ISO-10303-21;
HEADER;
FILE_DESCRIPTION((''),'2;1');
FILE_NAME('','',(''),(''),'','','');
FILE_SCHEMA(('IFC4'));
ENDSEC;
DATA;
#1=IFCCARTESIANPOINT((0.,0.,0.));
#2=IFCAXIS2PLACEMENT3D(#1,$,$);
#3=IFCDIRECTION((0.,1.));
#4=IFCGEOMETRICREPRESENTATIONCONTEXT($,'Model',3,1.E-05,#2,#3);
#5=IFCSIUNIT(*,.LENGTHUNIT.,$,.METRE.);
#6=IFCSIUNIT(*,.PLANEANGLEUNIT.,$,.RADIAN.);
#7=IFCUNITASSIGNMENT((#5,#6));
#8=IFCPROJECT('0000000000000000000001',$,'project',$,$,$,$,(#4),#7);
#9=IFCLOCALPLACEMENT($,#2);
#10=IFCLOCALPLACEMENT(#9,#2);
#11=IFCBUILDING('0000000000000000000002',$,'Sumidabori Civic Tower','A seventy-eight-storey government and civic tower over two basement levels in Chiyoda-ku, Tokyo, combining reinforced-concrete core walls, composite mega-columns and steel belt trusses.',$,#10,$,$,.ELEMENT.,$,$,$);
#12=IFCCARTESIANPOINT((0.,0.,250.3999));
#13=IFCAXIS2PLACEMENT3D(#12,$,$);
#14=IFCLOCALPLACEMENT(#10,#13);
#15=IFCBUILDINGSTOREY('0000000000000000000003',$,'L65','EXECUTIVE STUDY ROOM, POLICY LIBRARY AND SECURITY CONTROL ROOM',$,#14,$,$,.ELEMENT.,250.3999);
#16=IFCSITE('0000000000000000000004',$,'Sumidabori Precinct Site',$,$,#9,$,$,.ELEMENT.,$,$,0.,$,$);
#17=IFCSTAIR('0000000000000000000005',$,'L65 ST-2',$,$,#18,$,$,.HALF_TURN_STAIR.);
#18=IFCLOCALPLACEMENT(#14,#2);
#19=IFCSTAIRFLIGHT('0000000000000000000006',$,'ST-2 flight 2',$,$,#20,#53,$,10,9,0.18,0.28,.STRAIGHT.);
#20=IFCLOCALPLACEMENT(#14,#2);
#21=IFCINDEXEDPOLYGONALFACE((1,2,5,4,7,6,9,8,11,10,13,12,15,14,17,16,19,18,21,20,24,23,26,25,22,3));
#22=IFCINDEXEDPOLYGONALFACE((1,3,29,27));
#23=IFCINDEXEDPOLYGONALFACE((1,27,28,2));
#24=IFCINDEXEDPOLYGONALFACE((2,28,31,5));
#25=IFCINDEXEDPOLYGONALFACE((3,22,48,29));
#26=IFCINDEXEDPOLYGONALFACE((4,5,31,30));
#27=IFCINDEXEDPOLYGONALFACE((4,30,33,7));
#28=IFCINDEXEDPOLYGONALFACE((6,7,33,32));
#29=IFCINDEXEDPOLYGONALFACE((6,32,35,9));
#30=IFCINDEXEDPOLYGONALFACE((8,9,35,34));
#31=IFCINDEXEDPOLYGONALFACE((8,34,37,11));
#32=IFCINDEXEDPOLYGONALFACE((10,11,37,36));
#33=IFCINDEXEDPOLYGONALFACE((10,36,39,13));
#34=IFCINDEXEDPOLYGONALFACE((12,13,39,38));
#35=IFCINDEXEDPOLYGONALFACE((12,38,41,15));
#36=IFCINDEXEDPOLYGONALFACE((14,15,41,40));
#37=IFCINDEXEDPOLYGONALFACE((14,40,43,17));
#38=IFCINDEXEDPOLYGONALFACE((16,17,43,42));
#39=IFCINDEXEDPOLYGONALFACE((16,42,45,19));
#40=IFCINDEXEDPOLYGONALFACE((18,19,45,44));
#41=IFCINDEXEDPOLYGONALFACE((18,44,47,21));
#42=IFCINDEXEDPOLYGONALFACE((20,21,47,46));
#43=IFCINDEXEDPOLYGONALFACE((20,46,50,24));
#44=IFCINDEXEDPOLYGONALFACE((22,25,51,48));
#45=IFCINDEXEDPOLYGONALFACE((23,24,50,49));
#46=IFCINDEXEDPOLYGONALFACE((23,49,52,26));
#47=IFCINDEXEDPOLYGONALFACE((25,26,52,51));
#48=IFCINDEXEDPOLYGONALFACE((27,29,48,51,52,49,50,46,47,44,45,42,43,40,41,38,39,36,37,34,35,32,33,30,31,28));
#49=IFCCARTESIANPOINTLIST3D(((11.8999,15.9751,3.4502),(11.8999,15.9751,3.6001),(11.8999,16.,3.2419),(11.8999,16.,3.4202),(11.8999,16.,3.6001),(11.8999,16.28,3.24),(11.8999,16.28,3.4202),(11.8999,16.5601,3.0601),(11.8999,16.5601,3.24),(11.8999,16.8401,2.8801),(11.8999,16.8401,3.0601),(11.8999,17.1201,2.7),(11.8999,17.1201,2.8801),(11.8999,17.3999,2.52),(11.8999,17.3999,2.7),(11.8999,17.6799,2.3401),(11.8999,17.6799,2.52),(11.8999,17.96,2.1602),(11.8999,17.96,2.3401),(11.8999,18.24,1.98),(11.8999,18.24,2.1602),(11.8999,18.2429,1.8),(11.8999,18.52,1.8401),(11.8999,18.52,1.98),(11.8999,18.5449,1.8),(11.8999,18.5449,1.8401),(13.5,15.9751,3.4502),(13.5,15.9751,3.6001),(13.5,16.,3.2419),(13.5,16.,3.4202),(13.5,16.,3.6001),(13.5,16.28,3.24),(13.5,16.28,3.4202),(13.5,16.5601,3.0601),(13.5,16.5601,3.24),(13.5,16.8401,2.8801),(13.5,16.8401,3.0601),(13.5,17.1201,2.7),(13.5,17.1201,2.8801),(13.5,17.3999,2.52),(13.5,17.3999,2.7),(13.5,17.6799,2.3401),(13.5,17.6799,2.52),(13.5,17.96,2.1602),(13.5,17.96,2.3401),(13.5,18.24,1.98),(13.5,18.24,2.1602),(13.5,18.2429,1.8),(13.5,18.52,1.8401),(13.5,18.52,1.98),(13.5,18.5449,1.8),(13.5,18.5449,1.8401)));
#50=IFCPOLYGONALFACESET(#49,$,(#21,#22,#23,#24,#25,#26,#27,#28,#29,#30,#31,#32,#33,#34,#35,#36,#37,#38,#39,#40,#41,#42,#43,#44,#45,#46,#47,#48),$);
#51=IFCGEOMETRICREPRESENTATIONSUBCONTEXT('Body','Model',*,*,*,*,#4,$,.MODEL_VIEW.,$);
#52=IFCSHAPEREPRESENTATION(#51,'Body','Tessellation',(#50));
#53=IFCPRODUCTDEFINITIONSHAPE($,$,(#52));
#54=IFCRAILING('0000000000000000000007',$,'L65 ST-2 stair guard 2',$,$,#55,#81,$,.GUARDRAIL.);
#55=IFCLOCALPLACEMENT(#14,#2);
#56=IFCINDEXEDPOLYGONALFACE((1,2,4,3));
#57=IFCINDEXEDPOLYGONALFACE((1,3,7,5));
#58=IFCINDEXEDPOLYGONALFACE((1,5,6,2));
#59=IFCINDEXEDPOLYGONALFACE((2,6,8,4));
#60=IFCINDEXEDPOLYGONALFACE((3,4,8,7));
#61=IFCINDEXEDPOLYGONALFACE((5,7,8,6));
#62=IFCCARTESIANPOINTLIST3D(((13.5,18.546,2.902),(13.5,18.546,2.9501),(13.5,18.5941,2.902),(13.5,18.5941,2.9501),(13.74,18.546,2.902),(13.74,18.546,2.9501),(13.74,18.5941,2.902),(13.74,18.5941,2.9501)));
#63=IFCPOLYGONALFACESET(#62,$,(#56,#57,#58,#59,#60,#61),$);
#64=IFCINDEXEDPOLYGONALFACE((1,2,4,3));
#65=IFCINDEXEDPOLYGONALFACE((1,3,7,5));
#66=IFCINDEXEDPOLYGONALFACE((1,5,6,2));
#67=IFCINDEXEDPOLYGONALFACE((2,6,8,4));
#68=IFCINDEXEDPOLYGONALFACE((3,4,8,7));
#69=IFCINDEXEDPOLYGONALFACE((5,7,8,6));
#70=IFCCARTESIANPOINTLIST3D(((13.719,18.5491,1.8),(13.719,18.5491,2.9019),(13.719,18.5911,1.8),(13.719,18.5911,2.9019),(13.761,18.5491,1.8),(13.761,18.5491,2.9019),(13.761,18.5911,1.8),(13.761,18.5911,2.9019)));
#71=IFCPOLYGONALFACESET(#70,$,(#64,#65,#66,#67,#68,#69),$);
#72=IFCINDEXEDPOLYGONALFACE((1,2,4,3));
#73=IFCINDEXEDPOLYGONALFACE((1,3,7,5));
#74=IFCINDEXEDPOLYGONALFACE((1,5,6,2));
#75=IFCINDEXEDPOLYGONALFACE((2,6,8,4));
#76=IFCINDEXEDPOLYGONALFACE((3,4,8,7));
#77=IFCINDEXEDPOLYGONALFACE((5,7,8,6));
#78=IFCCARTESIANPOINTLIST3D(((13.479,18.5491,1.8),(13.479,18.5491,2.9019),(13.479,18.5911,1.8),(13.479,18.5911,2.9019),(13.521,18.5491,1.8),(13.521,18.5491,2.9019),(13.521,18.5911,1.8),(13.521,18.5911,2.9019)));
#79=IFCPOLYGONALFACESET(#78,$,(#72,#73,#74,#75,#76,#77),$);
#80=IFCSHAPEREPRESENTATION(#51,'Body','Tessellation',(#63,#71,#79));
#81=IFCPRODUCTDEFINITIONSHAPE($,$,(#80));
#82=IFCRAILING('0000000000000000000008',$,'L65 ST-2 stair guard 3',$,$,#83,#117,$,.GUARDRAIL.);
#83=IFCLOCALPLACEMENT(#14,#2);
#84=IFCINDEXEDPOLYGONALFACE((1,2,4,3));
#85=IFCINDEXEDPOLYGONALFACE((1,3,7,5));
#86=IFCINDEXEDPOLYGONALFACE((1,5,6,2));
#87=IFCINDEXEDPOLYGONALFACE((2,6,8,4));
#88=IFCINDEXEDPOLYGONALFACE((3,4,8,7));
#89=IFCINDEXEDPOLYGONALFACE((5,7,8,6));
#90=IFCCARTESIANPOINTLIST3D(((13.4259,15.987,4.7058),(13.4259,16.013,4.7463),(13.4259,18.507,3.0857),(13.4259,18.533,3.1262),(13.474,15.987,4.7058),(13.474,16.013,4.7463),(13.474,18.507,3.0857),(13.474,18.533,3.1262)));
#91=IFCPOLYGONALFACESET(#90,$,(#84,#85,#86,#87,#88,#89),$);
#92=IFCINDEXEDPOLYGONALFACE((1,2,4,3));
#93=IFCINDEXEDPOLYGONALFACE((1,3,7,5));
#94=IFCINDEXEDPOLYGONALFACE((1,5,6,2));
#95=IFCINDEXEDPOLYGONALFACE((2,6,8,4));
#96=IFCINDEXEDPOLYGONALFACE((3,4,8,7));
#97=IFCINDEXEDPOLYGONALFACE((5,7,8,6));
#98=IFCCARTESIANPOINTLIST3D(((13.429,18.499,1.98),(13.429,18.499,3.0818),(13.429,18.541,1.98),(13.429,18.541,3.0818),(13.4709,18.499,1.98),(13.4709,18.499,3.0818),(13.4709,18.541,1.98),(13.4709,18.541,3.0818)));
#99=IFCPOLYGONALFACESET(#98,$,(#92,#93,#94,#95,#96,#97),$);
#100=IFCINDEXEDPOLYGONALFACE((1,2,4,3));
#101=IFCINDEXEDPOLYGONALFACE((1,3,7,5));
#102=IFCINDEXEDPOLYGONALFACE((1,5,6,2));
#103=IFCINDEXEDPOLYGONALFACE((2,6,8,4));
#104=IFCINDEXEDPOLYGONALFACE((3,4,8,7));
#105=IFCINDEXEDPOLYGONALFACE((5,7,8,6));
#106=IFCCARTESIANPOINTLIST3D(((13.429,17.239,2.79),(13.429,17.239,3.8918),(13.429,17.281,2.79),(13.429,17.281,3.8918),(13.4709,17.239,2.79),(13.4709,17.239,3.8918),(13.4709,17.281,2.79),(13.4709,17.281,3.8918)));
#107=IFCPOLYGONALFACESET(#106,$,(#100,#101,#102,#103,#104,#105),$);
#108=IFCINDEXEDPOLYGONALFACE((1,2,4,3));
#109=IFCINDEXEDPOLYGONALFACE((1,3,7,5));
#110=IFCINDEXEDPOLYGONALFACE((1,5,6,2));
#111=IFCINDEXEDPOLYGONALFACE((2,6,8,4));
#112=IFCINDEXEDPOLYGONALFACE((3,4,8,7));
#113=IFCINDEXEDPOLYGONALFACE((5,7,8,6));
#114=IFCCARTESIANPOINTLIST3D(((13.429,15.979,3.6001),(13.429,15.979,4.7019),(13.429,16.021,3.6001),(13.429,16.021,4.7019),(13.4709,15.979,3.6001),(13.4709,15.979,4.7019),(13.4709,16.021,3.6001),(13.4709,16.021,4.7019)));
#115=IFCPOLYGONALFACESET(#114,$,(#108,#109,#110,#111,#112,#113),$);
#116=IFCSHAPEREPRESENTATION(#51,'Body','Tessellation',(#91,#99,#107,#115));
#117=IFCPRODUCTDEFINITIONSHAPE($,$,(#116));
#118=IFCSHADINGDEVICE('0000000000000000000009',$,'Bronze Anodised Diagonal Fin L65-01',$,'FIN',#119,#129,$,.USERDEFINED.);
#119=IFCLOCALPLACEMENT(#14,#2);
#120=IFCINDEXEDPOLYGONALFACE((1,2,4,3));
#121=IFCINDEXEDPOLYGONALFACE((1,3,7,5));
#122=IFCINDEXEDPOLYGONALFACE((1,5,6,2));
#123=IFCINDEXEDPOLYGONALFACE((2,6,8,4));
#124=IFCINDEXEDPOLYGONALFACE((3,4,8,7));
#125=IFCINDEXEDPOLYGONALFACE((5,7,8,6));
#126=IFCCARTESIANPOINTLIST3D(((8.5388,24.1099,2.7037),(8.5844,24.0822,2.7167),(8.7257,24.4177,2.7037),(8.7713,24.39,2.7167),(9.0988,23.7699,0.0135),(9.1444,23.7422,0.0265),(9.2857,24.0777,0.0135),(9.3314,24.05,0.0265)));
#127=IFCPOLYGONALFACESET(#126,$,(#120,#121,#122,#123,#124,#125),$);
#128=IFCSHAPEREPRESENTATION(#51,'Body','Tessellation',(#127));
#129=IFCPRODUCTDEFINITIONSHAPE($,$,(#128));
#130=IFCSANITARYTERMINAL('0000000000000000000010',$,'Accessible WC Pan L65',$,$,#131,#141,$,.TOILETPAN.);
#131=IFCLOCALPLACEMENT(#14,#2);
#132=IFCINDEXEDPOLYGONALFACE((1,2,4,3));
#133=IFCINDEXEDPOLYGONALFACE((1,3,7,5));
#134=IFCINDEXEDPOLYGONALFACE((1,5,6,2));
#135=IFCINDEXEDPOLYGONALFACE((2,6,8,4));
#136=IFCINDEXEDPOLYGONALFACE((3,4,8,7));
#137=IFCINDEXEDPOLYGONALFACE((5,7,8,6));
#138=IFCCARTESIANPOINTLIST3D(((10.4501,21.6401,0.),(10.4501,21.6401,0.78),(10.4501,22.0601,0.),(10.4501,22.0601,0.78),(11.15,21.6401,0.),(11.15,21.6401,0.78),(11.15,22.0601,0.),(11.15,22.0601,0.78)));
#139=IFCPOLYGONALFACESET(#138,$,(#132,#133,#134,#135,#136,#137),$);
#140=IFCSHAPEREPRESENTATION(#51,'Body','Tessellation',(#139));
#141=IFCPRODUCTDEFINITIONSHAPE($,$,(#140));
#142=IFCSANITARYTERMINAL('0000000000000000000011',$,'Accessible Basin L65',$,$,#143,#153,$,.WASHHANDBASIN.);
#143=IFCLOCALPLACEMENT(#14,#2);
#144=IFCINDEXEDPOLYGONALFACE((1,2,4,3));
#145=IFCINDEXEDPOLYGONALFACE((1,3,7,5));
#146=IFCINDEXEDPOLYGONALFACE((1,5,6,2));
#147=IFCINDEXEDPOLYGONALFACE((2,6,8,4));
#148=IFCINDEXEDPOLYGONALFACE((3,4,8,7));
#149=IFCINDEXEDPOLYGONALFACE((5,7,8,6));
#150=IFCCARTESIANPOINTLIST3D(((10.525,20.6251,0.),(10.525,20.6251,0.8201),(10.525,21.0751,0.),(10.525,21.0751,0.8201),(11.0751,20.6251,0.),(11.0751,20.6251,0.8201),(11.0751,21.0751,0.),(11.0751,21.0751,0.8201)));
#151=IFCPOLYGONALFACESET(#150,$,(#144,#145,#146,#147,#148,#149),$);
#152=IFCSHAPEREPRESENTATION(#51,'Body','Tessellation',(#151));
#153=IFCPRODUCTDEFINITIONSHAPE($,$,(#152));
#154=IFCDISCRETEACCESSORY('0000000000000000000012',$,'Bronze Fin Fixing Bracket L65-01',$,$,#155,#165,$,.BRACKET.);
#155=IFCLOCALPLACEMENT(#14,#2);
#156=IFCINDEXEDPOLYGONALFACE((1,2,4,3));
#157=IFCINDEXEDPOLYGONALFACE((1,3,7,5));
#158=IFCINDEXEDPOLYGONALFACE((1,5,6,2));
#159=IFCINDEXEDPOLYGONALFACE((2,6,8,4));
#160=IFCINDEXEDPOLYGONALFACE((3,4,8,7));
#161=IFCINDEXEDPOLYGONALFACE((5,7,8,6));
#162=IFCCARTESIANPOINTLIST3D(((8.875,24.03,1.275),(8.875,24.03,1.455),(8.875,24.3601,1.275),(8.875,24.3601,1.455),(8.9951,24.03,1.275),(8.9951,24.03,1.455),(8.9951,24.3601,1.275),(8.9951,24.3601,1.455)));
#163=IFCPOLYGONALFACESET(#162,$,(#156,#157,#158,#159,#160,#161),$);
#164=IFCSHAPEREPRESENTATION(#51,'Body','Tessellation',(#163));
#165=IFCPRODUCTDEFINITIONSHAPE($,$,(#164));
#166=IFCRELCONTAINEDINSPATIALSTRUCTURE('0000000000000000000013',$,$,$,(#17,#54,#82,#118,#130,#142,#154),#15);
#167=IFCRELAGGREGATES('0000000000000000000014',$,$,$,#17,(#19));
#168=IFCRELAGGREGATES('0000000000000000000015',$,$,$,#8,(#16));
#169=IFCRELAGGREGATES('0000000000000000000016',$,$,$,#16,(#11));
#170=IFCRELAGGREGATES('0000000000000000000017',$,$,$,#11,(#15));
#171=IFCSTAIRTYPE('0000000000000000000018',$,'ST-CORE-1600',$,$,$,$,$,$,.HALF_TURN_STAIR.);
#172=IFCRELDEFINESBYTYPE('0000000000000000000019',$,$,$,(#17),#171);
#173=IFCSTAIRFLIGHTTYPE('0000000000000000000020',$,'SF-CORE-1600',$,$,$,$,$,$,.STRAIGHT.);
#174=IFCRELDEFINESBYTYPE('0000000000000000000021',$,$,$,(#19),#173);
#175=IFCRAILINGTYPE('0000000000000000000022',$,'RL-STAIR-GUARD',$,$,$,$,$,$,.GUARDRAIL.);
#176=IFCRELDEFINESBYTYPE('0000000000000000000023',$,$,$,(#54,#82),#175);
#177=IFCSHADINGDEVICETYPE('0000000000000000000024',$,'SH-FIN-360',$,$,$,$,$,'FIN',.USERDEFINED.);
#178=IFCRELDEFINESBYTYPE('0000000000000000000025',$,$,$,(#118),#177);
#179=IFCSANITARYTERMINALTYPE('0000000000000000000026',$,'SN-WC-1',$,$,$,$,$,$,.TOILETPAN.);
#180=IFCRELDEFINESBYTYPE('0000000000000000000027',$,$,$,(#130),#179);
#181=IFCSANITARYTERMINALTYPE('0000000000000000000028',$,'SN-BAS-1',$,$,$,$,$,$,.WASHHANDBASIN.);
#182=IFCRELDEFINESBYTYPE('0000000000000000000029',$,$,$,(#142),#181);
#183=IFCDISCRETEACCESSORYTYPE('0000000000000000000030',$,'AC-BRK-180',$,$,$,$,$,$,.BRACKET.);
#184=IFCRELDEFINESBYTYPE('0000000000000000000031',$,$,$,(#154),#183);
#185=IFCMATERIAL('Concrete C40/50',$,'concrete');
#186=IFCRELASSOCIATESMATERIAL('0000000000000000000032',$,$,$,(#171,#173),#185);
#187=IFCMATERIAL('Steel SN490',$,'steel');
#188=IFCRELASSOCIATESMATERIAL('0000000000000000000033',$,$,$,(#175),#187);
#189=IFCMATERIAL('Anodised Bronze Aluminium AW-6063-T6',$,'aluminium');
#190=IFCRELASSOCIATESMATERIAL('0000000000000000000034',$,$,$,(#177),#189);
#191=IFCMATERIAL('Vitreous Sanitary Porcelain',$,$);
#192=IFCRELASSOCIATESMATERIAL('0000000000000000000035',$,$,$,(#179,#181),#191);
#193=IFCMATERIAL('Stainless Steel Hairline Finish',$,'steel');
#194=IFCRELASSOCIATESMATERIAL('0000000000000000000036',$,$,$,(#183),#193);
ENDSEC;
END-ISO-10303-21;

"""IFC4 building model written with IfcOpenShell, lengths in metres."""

from ifc_helpers import new_model, si_unit, direction, frame, origin, origin_2d, place, context, subcontext, project, spatial, polyline, rectangle, outline, extrude, source, transform, mapped, material, material_profile, profile_set, type_object, element, aggregate, save


model = new_model("IFC4")

# Units and contexts
model_context = context("Model", 3, precision=1e-05, world=origin(), true_north=direction((0.0, 1.0)))
body_context = subcontext(model_context, "Body", "Model", "MODEL_VIEW")
ifc_project = project(units=[si_unit("LENGTHUNIT", "METRE"), si_unit("PLANEANGLEUNIT", "RADIAN")], contexts=[model_context])

# Site, building, storey
site_placement = place(None, origin())
site = spatial("IfcSite", under=ifc_project, at=site_placement, Name="Sumidabori Precinct Site", CompositionType="ELEMENT", RefElevation=0.0)
building_placement = place(site_placement, origin())
building = spatial("IfcBuilding", under=site, at=building_placement, Name="Sumidabori Civic Tower", Description="A seventy-eight-storey government and civic tower over two basement levels in Chiyoda-ku, Tokyo, combining reinforced-concrete core walls, composite mega-columns and steel belt trusses.", CompositionType="ELEMENT")
storey_placement = place(building_placement, frame((0.0, 0.0, 250.3999)))
storey = spatial("IfcBuildingStorey", under=building, at=storey_placement, Name="L65", Description="EXECUTIVE STUDY ROOM, POLICY LIBRARY AND SECURITY CONTROL ROOM", CompositionType="ELEMENT", Elevation=250.3999)

# Shared definitions
ifc_material_1 = material(Name="Steel SN490", Category="steel")

# Shared definitions
ifc_material_2 = material(Name="Anodised Bronze Aluminium AW-6063-T6", Category="aluminium")

# Stair, stair flight
ifc_material_3 = material(Name="Concrete C40/50", Category="concrete")
stair_type = type_object("IfcStairType", Name="ST-CORE-1600", PredefinedType="HALF_TURN_STAIR", material=ifc_material_3)
stair_placement = place(storey_placement, origin())
stair = element("IfcStair", 1, at=stair_placement, inside=storey, type_object=stair_type, Name="L65 ST-2", PredefinedType="HALF_TURN_STAIR")
stair_flight_type = type_object("IfcStairFlightType", Name="SF-CORE-1600", PredefinedType="STRAIGHT", material=ifc_material_3)
shared_shape_1 = source(origin(), body_context, "Body", "SweptSolid", [
    extrude(outline(polyline([(-0.0249, 0.0), (-0.0249, 0.04), (0.0, 0.04), (0.0, 0.1799), (0.28, 0.1799), (0.28, 0.3601), (0.5601, 0.3601), (0.5601, 0.54), (0.8401, 0.54), (0.8401, 0.72), (1.1201, 0.72), (1.1201, 0.8999), (1.3999, 0.8999), (1.3999, 1.0801), (1.6799, 1.0801), (1.6799, 1.26), (1.96, 1.26), (1.96, 1.4399), (2.24, 1.4399), (2.24, 1.6201), (2.52, 1.6201), (2.52, 1.8), (2.5449, 1.8), (2.5449, 1.6501), (2.52, 1.4419), (0.2771, 0.0), (-0.0249, 0.0)])), frame((0.0, 0.8, 0.0), z_axis=(0.0, -1.0, 0.0), x_axis=(1.0, 0.0, 0.0)), (0.0, 0.0, 1.0), 1.6001),
])
stair_flight_placement = place(storey_placement, frame((12.7, 18.52, 1.8), z_axis=(0.0, 0.0, 1.0), x_axis=(0.0, -1.0, 0.0)))
stair_flight = element("IfcStairFlight", 2, at=stair_flight_placement, type_object=stair_flight_type, Name="ST-2 flight 2", NumberOfRisers=10, NumberOfTreads=9, PredefinedType="STRAIGHT", RiserHeight=0.18, TreadLength=0.28, context=body_context, shape_type="MappedRepresentation", body=[
    mapped(shared_shape_1, transform((0.0, 0.0, 0.0), x_axis=(1.0, 0.0, 0.0), y_axis=(0.0, 1.0, 0.0), z_axis=(0.0, 0.0, 1.0), scale=1.0)),
])
aggregate(stair, [stair_flight])

# Railings
railing_type = type_object("IfcRailingType", Name="RL-STAIR-GUARD", PredefinedType="GUARDRAIL", material=ifc_material_1)
railing_1_placement = place(storey_placement, frame((13.74, 18.5701, 1.8)))
element("IfcRailing", 3, at=railing_1_placement, inside=storey, type_object=railing_type, Name="L65 ST-2 stair guard 2", PredefinedType="GUARDRAIL", context=body_context, shape_type="SweptSolid", body=[
    extrude(rectangle(XDim=0.0481, YDim=0.0481, at=origin_2d()), frame((0.0, 0.0, 1.126), z_axis=(-1.0, 0.0, 0.0), x_axis=(0.0, -1.0, 0.0)), (0.0, 0.0, 1.0), 0.24),
    extrude(rectangle(XDim=0.042, YDim=0.042, at=origin_2d()), origin(), (0.0, 0.0, 1.0), 1.1018),
    extrude(rectangle(XDim=0.042, YDim=0.042, at=origin_2d()), frame((-0.24, 0.0, 0.0)), (0.0, 0.0, 1.0), 1.1018),
])
railing_2_placement = place(storey_placement, frame((13.45, 18.52, 1.98)))
element("IfcRailing", 4, at=railing_2_placement, inside=storey, type_object=railing_type, Name="L65 ST-2 stair guard 3", PredefinedType="GUARDRAIL", context=body_context, shape_type="SweptSolid", body=[
    extrude(rectangle(XDim=0.0481, YDim=0.0481, at=origin_2d()), frame((0.0, 0.0, 1.126), z_axis=(0.0, -0.841163, 0.540782), x_axis=(1.0, 0.0, 0.0)), (0.0, 0.0, 1.0), 2.9958),
    extrude(rectangle(XDim=0.042, YDim=0.042, at=origin_2d()), origin(), (0.0, 0.0, 1.0), 1.1018),
    extrude(rectangle(XDim=0.042, YDim=0.042, at=origin_2d()), frame((0.0, -1.26, 0.8101)), (0.0, 0.0, 1.0), 1.1018),
    extrude(rectangle(XDim=0.042, YDim=0.042, at=origin_2d()), frame((0.0, -2.52, 1.6201)), (0.0, 0.0, 1.0), 1.1018),
])

# Shading device
ifc_material_profile_1 = material_profile(ifc_material_2, rectangle(XDim=0.0549, YDim=0.3601, at=origin_2d()), Name="BRONZE FIN 360x55")
ifc_profile_set_1 = profile_set([ifc_material_profile_1], Name="Anodised Bronze Aluminium AW-6063-T6")
shading_device_type = type_object("IfcShadingDeviceType", Name="SH-FIN-360", ElementType="FIN", PredefinedType="USERDEFINED", material=ifc_profile_set_1)
shared_shape_2 = source(origin(), body_context, "Body", "SweptSolid", [
    extrude(rectangle(XDim=0.0549, YDim=0.3601, at=origin_2d()), origin(), (0.0, 0.0, 1.0), 2.7688),
])
shading_device_placement = place(storey_placement, frame((9.2151, 23.9099, 0.02), z_axis=(-0.202273, 0.122827, 0.971596), x_axis=(0.830474, -0.504294, 0.236645)))
element("IfcShadingDevice", 5, at=shading_device_placement, inside=storey, type_object=shading_device_type, Name="Bronze Anodised Diagonal Fin L65-01", ObjectType="FIN", PredefinedType="USERDEFINED", context=body_context, shape_type="MappedRepresentation", body=[
    mapped(shared_shape_2, transform((0.0, 0.0, 0.0), x_axis=(1.0, 0.0, 0.0), y_axis=(0.0, 1.0, 0.0), z_axis=(0.0, 0.0, 1.0), scale=1.0)),
])

# Sanitary terminals
ifc_material_4 = material(Name="Vitreous Sanitary Porcelain")
sanitary_terminal_type_1 = type_object("IfcSanitaryTerminalType", Name="SN-WC-1", PredefinedType="TOILETPAN", material=ifc_material_4)
shared_shape_3 = source(origin(), body_context, "Body", "SweptSolid", [
    extrude(rectangle(XDim=0.7, YDim=0.4199, at=origin_2d()), origin(), (0.0, 0.0, 1.0), 0.78),
])
sanitary_terminal_1_placement = place(storey_placement, frame((10.8, 21.8501, 0.0), z_axis=(0.0, 0.0, 1.0), x_axis=(1.0, 0.0, 0.0)))
element("IfcSanitaryTerminal", 6, at=sanitary_terminal_1_placement, inside=storey, type_object=sanitary_terminal_type_1, Name="Accessible WC Pan L65", PredefinedType="TOILETPAN", context=body_context, shape_type="MappedRepresentation", body=[
    mapped(shared_shape_3, transform((0.0, 0.0, 0.0), x_axis=(1.0, 0.0, 0.0), y_axis=(0.0, 1.0, 0.0), z_axis=(0.0, 0.0, 1.0), scale=1.0)),
])
sanitary_terminal_type_2 = type_object("IfcSanitaryTerminalType", Name="SN-BAS-1", PredefinedType="WASHHANDBASIN", material=ifc_material_4)
shared_shape_4 = source(origin(), body_context, "Body", "SweptSolid", [
    extrude(rectangle(XDim=0.55, YDim=0.45, at=origin_2d()), origin(), (0.0, 0.0, 1.0), 0.8201),
])
sanitary_terminal_2_placement = place(storey_placement, frame((10.8, 20.8501, 0.0), z_axis=(0.0, 0.0, 1.0), x_axis=(1.0, 0.0, 0.0)))
element("IfcSanitaryTerminal", 7, at=sanitary_terminal_2_placement, inside=storey, type_object=sanitary_terminal_type_2, Name="Accessible Basin L65", PredefinedType="WASHHANDBASIN", context=body_context, shape_type="MappedRepresentation", body=[
    mapped(shared_shape_4, transform((0.0, 0.0, 0.0), x_axis=(1.0, 0.0, 0.0), y_axis=(0.0, 1.0, 0.0), z_axis=(0.0, 0.0, 1.0), scale=1.0)),
])

# Discrete accessory
ifc_material_5 = material(Name="Stainless Steel Hairline Finish", Category="steel")
ifc_material_profile_2 = material_profile(ifc_material_5, rectangle(XDim=0.1201, YDim=0.1799, at=origin_2d()), Name="STEEL BRACKET 180x120")
ifc_profile_set_2 = profile_set([ifc_material_profile_2], Name="Stainless Steel Hairline Finish")
discrete_accessory_type = type_object("IfcDiscreteAccessoryType", Name="AC-BRK-180", PredefinedType="BRACKET", material=ifc_profile_set_2)
shared_shape_5 = source(origin(), body_context, "Body", "SweptSolid", [
    extrude(rectangle(XDim=0.1201, YDim=0.1799, at=origin_2d()), origin(), (0.0, 0.0, 1.0), 0.3301),
])
discrete_accessory_placement = place(storey_placement, frame((8.9351, 24.03, 1.365), z_axis=(0.0, 1.0, 0.0), x_axis=(-1.0, 0.0, 0.0)))
element("IfcDiscreteAccessory", 8, at=discrete_accessory_placement, inside=storey, type_object=discrete_accessory_type, Name="Bronze Fin Fixing Bracket L65-01", PredefinedType="BRACKET", context=body_context, shape_type="MappedRepresentation", body=[
    mapped(shared_shape_5, transform((0.0, 0.0, 0.0), x_axis=(1.0, 0.0, 0.0), y_axis=(0.0, 1.0, 0.0), z_axis=(0.0, 0.0, 1.0), scale=1.0)),
])

save(model, "model.ifc")
